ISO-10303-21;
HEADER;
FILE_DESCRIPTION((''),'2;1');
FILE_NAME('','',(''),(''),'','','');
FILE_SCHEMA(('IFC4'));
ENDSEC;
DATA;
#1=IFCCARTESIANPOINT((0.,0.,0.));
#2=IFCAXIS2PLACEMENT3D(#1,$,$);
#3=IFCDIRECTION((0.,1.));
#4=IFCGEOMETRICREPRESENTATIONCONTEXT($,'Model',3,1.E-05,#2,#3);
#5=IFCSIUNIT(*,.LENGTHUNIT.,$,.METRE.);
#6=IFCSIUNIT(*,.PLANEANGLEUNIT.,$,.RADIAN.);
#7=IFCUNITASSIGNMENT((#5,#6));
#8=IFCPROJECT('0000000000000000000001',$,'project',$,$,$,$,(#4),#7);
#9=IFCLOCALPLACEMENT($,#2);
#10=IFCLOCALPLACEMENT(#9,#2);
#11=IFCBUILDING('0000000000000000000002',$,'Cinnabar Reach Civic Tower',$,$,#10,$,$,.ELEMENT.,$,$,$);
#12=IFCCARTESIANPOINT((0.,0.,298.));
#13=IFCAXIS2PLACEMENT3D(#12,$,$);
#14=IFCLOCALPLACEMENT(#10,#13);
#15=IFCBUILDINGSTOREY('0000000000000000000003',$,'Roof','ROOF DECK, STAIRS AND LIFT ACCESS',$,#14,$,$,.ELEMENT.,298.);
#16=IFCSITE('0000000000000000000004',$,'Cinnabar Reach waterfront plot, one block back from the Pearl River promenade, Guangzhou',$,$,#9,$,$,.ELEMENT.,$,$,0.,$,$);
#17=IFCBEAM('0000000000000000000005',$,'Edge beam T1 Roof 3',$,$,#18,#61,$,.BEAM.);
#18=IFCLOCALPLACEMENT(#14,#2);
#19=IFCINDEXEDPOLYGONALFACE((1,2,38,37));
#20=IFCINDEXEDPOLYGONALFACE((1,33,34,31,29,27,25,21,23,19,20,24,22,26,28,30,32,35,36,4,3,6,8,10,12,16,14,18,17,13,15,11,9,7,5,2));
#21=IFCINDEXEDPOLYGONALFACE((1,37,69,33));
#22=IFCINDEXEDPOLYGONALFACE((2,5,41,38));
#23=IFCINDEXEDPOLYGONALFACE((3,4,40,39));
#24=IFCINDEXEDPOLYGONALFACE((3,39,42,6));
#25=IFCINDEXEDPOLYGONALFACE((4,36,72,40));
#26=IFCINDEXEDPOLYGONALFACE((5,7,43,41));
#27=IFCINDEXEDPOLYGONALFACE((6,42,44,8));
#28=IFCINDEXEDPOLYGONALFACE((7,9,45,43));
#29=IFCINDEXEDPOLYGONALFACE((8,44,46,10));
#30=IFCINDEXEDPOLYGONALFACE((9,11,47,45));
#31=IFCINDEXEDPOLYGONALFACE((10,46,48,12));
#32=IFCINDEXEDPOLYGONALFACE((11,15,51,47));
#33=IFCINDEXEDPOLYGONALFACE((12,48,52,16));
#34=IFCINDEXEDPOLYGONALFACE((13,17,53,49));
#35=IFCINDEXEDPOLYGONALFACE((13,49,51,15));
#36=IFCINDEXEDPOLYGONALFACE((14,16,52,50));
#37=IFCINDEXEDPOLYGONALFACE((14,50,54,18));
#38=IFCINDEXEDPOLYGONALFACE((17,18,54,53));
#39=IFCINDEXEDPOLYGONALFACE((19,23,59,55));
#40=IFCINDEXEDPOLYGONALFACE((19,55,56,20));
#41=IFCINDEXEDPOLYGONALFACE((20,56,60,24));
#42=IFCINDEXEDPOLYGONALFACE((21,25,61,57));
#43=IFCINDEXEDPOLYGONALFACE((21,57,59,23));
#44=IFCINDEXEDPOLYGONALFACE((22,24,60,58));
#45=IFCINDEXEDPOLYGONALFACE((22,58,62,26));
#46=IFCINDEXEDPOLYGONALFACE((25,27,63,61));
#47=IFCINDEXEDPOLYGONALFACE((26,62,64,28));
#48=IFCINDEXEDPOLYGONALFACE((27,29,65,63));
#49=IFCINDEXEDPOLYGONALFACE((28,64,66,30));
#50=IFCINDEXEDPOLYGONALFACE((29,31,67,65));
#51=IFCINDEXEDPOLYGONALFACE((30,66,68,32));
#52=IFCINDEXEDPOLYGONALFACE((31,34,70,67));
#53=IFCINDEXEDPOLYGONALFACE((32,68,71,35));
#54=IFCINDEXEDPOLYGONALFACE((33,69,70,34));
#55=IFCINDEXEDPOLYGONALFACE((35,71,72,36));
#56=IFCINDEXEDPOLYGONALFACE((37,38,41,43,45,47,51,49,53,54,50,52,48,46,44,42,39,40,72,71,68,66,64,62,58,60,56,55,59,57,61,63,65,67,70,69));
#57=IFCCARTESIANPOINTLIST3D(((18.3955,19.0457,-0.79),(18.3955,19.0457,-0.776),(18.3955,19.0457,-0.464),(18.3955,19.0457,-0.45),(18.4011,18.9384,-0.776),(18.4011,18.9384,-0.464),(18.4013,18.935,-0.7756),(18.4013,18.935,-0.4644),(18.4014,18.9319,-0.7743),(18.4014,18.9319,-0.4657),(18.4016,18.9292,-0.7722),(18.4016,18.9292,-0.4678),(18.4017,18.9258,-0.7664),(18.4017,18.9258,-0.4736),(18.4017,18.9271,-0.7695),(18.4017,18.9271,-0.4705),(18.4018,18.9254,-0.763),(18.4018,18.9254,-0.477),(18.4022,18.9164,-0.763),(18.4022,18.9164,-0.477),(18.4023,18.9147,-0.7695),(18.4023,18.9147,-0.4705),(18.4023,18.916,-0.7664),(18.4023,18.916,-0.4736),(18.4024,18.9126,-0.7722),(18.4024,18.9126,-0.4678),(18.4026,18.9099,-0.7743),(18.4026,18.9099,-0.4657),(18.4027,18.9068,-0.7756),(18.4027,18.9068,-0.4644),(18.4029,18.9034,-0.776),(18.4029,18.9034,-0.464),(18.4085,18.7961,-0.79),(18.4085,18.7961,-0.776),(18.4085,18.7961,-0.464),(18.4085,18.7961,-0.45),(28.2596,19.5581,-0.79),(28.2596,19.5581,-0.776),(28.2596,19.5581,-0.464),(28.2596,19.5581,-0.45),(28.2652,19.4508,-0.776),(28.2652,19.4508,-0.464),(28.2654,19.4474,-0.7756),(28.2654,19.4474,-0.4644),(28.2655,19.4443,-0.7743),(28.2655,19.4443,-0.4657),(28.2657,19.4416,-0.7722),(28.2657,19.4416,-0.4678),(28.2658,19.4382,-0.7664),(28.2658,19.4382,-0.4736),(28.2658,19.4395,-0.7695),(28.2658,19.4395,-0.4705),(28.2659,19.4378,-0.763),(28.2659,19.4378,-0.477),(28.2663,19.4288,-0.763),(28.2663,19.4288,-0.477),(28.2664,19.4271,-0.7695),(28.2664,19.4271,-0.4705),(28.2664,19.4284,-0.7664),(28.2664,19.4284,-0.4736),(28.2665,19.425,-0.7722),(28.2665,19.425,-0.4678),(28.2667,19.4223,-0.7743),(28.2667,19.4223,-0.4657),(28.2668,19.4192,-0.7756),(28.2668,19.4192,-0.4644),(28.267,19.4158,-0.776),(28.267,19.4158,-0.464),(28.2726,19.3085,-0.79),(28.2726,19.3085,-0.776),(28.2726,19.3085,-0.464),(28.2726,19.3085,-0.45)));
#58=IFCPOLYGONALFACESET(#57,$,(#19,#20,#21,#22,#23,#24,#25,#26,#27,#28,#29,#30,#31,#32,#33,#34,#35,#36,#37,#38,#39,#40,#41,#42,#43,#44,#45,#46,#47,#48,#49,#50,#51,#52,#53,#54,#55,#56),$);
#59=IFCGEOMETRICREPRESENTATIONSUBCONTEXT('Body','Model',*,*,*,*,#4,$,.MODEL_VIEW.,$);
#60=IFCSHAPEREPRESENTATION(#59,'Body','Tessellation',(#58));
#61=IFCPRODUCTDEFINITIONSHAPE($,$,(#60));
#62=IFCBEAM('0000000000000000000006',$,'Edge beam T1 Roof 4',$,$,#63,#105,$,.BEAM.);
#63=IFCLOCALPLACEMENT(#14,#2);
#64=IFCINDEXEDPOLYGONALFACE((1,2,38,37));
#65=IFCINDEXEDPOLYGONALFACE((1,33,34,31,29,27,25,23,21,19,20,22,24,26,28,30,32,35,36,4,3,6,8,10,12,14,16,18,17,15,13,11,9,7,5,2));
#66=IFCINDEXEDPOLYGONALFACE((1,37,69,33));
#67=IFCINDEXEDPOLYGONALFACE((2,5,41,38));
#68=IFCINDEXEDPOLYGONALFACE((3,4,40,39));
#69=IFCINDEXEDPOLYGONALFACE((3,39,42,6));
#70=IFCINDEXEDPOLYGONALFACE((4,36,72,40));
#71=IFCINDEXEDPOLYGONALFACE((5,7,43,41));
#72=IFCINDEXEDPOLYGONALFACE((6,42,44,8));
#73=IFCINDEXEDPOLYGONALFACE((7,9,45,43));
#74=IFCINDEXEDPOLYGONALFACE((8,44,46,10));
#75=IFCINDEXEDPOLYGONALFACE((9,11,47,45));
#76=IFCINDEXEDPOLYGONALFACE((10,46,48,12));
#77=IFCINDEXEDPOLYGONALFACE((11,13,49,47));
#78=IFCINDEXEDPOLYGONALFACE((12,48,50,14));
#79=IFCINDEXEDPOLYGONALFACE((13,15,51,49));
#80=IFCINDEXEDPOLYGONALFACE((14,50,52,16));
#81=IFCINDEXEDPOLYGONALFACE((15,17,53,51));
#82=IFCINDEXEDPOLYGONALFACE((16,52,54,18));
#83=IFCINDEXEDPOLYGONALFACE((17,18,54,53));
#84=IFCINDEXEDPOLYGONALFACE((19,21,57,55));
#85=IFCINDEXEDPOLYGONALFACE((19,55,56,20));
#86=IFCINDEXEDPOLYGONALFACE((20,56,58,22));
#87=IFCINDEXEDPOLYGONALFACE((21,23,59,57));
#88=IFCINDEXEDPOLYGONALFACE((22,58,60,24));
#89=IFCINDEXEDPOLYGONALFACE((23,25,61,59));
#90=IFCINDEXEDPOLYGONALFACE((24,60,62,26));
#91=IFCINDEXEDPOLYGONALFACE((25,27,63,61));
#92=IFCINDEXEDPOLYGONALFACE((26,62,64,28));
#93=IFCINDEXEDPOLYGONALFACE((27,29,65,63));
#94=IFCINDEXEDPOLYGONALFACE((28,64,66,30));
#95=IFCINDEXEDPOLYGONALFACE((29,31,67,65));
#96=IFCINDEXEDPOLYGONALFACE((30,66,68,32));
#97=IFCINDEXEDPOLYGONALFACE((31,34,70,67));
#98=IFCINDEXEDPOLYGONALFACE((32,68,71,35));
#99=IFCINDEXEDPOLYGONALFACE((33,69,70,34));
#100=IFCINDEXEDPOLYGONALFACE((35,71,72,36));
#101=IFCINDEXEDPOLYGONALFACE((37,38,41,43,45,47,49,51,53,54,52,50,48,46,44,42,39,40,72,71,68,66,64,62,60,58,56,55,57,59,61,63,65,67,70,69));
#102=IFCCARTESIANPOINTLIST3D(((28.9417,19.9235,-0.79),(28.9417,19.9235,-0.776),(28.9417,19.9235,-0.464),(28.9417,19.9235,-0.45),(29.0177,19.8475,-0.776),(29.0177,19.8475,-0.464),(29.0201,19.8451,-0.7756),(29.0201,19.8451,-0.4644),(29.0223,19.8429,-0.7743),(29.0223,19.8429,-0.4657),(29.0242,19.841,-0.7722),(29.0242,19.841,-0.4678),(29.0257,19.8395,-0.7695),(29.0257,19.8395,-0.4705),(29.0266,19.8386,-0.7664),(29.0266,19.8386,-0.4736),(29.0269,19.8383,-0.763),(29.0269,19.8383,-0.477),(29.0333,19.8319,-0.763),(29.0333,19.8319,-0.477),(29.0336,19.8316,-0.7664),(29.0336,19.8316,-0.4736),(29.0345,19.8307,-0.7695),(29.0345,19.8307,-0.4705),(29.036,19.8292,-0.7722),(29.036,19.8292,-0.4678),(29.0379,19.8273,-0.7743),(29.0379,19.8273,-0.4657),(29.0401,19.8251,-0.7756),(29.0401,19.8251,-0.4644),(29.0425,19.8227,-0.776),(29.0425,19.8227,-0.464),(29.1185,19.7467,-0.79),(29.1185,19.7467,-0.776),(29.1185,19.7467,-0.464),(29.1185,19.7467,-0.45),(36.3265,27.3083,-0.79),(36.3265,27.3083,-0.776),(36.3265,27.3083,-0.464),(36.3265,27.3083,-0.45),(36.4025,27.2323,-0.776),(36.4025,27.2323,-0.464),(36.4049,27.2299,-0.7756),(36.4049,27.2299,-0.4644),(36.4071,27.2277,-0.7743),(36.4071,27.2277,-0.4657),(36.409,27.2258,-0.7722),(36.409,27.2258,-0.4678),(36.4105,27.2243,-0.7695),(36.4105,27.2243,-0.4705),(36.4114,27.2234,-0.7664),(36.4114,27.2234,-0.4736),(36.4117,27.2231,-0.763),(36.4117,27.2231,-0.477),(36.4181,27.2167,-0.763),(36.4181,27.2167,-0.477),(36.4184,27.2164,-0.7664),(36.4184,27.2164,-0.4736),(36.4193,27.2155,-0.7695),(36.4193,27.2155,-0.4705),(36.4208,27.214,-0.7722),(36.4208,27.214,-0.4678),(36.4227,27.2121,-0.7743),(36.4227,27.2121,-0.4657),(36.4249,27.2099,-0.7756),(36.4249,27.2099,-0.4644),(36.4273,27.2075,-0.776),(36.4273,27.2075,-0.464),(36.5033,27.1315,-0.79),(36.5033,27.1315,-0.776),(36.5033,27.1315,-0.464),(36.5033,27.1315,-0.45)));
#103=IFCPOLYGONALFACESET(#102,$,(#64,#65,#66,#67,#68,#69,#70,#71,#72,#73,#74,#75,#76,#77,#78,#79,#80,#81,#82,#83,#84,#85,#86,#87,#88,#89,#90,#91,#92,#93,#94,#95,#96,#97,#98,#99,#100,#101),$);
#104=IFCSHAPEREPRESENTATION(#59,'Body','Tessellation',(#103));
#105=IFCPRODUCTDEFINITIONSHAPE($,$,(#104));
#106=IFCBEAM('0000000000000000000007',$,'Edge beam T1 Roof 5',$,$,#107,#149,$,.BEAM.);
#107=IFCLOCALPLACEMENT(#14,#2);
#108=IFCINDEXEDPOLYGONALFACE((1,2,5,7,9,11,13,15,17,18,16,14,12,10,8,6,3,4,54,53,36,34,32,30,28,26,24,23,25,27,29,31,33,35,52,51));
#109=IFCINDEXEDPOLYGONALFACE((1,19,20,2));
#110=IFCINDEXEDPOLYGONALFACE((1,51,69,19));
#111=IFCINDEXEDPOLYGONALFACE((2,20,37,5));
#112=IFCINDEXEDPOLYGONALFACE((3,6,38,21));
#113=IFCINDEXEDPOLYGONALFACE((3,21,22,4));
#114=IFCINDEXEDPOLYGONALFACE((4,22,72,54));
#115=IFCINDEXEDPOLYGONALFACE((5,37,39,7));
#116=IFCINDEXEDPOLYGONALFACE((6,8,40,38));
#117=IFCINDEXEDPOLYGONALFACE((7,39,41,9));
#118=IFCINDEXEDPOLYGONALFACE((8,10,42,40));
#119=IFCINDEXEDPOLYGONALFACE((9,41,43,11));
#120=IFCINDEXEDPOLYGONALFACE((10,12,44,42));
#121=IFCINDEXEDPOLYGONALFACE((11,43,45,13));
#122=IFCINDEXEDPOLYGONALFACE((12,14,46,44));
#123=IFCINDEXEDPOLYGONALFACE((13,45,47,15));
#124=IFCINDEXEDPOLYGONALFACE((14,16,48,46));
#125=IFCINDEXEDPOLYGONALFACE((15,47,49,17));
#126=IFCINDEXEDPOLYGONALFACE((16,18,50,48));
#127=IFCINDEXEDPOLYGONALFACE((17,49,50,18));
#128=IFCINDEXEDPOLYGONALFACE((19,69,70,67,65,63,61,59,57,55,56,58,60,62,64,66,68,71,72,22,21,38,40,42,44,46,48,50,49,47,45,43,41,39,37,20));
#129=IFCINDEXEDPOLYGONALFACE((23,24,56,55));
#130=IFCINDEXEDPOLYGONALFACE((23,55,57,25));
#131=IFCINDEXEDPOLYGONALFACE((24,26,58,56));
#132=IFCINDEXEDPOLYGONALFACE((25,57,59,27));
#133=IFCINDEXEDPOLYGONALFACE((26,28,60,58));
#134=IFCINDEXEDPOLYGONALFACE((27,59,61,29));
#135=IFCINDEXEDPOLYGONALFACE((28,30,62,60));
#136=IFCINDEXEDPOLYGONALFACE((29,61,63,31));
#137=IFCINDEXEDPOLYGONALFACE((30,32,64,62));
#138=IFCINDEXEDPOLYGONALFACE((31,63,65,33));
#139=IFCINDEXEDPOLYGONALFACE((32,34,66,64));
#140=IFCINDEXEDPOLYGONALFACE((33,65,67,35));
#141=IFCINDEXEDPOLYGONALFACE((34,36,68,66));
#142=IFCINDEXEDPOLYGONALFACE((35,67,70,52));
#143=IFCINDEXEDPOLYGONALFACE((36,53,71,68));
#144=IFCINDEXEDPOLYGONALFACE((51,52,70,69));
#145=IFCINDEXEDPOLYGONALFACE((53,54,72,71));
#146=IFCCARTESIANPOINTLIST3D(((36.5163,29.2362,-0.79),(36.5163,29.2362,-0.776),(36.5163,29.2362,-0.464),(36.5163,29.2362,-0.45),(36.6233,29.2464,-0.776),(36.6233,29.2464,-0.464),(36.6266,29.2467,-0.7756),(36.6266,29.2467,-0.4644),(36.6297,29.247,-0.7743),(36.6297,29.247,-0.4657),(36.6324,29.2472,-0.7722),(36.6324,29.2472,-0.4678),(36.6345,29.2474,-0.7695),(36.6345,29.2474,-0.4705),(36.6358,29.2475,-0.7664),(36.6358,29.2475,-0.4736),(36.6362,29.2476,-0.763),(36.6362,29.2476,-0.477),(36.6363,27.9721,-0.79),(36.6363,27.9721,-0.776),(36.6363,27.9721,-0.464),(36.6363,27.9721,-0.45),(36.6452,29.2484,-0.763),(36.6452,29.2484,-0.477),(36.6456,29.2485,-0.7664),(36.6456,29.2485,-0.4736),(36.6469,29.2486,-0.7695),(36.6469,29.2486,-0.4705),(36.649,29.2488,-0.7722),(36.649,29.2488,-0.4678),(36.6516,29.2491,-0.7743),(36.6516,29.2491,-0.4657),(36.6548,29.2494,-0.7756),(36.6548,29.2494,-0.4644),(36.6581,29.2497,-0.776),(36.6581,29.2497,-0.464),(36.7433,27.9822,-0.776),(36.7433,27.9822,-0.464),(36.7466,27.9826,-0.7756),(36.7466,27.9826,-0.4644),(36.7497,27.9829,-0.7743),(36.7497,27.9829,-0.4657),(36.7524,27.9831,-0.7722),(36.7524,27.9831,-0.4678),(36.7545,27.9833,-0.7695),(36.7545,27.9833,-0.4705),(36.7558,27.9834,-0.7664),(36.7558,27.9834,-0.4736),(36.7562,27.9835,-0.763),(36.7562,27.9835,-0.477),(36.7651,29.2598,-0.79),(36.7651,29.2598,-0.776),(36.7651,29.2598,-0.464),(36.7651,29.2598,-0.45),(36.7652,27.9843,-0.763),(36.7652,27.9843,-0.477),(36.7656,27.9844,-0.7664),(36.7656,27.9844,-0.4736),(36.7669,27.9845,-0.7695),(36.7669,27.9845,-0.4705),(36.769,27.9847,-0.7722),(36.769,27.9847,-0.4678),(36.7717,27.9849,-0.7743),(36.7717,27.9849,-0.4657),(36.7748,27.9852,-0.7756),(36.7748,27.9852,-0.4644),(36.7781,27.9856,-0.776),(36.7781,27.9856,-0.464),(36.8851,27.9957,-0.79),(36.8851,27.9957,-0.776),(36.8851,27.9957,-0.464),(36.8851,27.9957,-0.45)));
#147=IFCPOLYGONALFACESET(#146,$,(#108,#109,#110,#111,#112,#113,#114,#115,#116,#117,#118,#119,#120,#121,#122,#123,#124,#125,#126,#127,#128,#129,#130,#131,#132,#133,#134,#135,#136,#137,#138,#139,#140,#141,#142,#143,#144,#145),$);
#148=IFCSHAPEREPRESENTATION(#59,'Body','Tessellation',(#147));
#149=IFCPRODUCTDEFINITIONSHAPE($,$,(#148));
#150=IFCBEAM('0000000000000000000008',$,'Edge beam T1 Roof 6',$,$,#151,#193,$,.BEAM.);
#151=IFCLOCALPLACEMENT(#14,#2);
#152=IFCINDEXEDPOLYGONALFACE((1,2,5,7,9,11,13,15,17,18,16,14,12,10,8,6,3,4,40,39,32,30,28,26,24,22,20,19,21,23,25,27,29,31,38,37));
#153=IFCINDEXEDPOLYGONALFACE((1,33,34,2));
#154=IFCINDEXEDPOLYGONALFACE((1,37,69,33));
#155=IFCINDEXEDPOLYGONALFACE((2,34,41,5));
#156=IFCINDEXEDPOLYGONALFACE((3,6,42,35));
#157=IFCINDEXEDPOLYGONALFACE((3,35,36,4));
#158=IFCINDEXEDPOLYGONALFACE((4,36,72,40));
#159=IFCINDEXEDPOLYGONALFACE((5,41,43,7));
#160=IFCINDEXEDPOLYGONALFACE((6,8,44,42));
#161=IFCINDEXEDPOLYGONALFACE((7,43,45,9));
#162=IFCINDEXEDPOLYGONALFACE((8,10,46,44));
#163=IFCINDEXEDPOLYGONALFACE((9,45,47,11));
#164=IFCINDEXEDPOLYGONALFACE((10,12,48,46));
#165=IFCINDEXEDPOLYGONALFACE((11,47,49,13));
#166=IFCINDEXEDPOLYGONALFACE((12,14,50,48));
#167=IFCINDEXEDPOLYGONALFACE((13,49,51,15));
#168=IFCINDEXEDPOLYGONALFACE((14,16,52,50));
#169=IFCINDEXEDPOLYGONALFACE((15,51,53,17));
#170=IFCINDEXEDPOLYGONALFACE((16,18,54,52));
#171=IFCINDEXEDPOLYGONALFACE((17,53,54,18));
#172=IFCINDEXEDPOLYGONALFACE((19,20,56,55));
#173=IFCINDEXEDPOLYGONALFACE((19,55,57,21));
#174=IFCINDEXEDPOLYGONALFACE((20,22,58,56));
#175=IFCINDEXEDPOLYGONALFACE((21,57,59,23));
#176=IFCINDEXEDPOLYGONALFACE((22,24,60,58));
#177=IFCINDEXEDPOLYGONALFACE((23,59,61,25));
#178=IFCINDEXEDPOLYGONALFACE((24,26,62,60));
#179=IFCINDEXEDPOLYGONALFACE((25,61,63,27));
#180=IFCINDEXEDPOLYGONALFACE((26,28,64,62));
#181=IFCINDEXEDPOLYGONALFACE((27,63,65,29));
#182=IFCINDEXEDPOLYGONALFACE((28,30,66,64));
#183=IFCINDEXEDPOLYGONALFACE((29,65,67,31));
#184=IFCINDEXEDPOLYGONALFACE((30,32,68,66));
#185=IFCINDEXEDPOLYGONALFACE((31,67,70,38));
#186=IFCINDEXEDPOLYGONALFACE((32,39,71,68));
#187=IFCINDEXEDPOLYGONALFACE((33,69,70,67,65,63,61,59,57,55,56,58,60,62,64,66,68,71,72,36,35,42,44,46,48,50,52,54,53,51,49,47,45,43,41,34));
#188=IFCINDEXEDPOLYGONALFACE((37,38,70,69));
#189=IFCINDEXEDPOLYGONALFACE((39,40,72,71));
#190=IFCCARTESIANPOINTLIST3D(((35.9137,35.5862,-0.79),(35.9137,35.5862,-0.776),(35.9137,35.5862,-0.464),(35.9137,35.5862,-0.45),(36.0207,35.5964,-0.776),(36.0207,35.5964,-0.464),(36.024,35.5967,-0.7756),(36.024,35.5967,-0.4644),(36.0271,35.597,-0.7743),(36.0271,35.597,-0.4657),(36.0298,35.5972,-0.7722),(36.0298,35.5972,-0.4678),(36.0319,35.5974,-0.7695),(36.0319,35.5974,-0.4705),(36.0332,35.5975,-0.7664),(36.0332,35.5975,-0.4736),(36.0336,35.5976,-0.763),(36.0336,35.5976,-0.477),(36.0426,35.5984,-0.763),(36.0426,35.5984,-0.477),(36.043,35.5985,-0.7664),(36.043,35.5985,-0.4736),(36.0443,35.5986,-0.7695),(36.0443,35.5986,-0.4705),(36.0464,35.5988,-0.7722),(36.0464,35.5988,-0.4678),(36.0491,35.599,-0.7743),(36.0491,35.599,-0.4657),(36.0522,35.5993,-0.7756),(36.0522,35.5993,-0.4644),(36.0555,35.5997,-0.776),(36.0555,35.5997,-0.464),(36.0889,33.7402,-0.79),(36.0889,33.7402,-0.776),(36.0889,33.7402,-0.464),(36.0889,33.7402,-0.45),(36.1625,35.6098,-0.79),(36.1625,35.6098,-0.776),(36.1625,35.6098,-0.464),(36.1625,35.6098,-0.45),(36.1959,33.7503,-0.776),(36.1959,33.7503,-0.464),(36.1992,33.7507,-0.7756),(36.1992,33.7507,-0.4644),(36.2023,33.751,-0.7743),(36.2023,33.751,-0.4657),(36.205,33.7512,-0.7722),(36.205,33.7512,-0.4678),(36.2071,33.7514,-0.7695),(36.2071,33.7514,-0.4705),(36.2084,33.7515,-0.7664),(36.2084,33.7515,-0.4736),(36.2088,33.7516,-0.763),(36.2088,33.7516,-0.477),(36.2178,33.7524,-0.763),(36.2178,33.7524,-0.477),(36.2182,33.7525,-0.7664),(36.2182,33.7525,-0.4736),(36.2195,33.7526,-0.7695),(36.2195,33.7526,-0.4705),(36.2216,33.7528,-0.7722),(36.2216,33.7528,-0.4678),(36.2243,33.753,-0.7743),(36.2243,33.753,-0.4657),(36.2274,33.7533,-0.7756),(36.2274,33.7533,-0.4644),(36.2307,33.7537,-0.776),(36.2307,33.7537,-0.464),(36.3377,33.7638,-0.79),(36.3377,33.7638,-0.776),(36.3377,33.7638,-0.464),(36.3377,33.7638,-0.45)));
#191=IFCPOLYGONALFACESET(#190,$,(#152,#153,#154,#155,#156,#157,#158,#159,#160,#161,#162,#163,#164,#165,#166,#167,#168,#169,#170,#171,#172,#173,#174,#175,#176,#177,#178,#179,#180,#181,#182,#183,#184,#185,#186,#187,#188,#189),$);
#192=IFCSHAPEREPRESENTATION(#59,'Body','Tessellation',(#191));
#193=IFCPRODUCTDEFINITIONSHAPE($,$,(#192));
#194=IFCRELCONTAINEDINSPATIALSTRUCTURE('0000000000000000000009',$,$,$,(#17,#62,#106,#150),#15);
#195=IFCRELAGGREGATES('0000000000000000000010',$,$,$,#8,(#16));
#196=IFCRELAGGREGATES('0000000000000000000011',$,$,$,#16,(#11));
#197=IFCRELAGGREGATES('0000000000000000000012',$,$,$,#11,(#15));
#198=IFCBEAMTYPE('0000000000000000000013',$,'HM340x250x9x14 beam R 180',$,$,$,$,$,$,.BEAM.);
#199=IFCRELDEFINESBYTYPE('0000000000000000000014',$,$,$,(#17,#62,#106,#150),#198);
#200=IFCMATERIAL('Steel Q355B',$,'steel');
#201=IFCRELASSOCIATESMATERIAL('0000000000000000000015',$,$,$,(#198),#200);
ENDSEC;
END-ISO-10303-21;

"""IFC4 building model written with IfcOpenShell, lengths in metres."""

from ifc_helpers import new_model, si_unit, direction, frame, origin, origin_2d, place, context, subcontext, project, spatial, i_section, extrude, material, material_profile, profile_set, type_object, element, save


model = new_model("IFC4")

# Units and contexts
model_context = context("Model", 3, precision=1e-05, world=origin(), true_north=direction((0.0, 1.0)))
body_context = subcontext(model_context, "Body", "Model", "MODEL_VIEW")
ifc_project = project(units=[si_unit("LENGTHUNIT", "METRE"), si_unit("PLANEANGLEUNIT", "RADIAN")], contexts=[model_context])

# Site, building, storey
site_placement = place(None, origin())
site = spatial("IfcSite", under=ifc_project, at=site_placement, Name="Cinnabar Reach waterfront plot, one block back from the Pearl River promenade, Guangzhou", CompositionType="ELEMENT", RefElevation=0.0)
building_placement = place(site_placement, origin())
building = spatial("IfcBuilding", under=site, at=building_placement, Name="Cinnabar Reach Civic Tower", CompositionType="ELEMENT")
storey_placement = place(building_placement, frame((0.0, 0.0, 298.0)))
storey = spatial("IfcBuildingStorey", under=building, at=storey_placement, Name="Roof", Description="ROOF DECK, STAIRS AND LIFT ACCESS", CompositionType="ELEMENT", Elevation=298.0)

# Beams
ifc_material_1 = material(Name="Steel Q355B", Category="steel")
ifc_material_profile_1 = material_profile(ifc_material_1, i_section(OverallWidth=0.25, OverallDepth=0.34, WebThickness=0.009, FlangeThickness=0.014, FilletRadius=0.013, at=origin_2d()), Name="HM340x250x9x14")
ifc_profile_set_1 = profile_set([ifc_material_profile_1], Name="Steel Q355B")
beam_type_1 = type_object("IfcBeamType", Name="HM340x250x9x14 beam R 180", PredefinedType="BEAM", material=ifc_profile_set_1)
beam_1_placement = place(storey_placement, frame((18.402, 18.9209, -0.62), z_axis=(0.998654, 0.051876, 0.0), x_axis=(-0.051876, 0.998654, 0.0)))
element("IfcBeam", 1, at=beam_1_placement, inside=storey, type_object=beam_type_1, Name="Edge beam T1 Roof 3", PredefinedType="BEAM", context=body_context, shape_type="SweptSolid", body=[
    extrude(i_section(OverallWidth=0.25, OverallDepth=0.34, WebThickness=0.009, FlangeThickness=0.014, FilletRadius=0.013, at=origin_2d()), origin(), (0.0, 0.0, 1.0), 9.8774),
])
beam_2_placement = place(storey_placement, frame((29.0301, 19.8351, -0.62), z_axis=(0.707107, 0.707107, 0.0), x_axis=(-0.707107, 0.707107, 0.0)))
element("IfcBeam", 2, at=beam_2_placement, inside=storey, type_object=beam_type_1, Name="Edge beam T1 Roof 4", PredefinedType="BEAM", context=body_context, shape_type="SweptSolid", body=[
    extrude(i_section(OverallWidth=0.25, OverallDepth=0.34, WebThickness=0.009, FlangeThickness=0.014, FilletRadius=0.013, at=origin_2d()), origin(), (0.0, 0.0, 1.0), 10.4437),
])
beam_3_placement = place(storey_placement, frame((36.7607, 27.9839, -0.62), z_axis=(-0.094504, 0.995524, 0.0), x_axis=(-0.995524, -0.094504, 0.0)))
element("IfcBeam", 3, at=beam_3_placement, inside=storey, type_object=beam_type_1, Name="Edge beam T1 Roof 5", PredefinedType="BEAM", context=body_context, shape_type="SweptSolid", body=[
    extrude(i_section(OverallWidth=0.25, OverallDepth=0.34, WebThickness=0.009, FlangeThickness=0.014, FilletRadius=0.013, at=origin_2d()), origin(), (0.0, 0.0, 1.0), 1.2698),
])
beam_4_placement = place(storey_placement, frame((36.2133, 33.752, -0.62), z_axis=(-0.094483, 0.995526, 0.0), x_axis=(-0.995526, -0.094483, 0.0)))
element("IfcBeam", 4, at=beam_4_placement, inside=storey, type_object=beam_type_1, Name="Edge beam T1 Roof 6", PredefinedType="BEAM", context=body_context, shape_type="SweptSolid", body=[
    extrude(i_section(OverallWidth=0.25, OverallDepth=0.34, WebThickness=0.009, FlangeThickness=0.014, FilletRadius=0.013, at=origin_2d()), origin(), (0.0, 0.0, 1.0), 1.8543),
])

save(model, "model.ifc")
